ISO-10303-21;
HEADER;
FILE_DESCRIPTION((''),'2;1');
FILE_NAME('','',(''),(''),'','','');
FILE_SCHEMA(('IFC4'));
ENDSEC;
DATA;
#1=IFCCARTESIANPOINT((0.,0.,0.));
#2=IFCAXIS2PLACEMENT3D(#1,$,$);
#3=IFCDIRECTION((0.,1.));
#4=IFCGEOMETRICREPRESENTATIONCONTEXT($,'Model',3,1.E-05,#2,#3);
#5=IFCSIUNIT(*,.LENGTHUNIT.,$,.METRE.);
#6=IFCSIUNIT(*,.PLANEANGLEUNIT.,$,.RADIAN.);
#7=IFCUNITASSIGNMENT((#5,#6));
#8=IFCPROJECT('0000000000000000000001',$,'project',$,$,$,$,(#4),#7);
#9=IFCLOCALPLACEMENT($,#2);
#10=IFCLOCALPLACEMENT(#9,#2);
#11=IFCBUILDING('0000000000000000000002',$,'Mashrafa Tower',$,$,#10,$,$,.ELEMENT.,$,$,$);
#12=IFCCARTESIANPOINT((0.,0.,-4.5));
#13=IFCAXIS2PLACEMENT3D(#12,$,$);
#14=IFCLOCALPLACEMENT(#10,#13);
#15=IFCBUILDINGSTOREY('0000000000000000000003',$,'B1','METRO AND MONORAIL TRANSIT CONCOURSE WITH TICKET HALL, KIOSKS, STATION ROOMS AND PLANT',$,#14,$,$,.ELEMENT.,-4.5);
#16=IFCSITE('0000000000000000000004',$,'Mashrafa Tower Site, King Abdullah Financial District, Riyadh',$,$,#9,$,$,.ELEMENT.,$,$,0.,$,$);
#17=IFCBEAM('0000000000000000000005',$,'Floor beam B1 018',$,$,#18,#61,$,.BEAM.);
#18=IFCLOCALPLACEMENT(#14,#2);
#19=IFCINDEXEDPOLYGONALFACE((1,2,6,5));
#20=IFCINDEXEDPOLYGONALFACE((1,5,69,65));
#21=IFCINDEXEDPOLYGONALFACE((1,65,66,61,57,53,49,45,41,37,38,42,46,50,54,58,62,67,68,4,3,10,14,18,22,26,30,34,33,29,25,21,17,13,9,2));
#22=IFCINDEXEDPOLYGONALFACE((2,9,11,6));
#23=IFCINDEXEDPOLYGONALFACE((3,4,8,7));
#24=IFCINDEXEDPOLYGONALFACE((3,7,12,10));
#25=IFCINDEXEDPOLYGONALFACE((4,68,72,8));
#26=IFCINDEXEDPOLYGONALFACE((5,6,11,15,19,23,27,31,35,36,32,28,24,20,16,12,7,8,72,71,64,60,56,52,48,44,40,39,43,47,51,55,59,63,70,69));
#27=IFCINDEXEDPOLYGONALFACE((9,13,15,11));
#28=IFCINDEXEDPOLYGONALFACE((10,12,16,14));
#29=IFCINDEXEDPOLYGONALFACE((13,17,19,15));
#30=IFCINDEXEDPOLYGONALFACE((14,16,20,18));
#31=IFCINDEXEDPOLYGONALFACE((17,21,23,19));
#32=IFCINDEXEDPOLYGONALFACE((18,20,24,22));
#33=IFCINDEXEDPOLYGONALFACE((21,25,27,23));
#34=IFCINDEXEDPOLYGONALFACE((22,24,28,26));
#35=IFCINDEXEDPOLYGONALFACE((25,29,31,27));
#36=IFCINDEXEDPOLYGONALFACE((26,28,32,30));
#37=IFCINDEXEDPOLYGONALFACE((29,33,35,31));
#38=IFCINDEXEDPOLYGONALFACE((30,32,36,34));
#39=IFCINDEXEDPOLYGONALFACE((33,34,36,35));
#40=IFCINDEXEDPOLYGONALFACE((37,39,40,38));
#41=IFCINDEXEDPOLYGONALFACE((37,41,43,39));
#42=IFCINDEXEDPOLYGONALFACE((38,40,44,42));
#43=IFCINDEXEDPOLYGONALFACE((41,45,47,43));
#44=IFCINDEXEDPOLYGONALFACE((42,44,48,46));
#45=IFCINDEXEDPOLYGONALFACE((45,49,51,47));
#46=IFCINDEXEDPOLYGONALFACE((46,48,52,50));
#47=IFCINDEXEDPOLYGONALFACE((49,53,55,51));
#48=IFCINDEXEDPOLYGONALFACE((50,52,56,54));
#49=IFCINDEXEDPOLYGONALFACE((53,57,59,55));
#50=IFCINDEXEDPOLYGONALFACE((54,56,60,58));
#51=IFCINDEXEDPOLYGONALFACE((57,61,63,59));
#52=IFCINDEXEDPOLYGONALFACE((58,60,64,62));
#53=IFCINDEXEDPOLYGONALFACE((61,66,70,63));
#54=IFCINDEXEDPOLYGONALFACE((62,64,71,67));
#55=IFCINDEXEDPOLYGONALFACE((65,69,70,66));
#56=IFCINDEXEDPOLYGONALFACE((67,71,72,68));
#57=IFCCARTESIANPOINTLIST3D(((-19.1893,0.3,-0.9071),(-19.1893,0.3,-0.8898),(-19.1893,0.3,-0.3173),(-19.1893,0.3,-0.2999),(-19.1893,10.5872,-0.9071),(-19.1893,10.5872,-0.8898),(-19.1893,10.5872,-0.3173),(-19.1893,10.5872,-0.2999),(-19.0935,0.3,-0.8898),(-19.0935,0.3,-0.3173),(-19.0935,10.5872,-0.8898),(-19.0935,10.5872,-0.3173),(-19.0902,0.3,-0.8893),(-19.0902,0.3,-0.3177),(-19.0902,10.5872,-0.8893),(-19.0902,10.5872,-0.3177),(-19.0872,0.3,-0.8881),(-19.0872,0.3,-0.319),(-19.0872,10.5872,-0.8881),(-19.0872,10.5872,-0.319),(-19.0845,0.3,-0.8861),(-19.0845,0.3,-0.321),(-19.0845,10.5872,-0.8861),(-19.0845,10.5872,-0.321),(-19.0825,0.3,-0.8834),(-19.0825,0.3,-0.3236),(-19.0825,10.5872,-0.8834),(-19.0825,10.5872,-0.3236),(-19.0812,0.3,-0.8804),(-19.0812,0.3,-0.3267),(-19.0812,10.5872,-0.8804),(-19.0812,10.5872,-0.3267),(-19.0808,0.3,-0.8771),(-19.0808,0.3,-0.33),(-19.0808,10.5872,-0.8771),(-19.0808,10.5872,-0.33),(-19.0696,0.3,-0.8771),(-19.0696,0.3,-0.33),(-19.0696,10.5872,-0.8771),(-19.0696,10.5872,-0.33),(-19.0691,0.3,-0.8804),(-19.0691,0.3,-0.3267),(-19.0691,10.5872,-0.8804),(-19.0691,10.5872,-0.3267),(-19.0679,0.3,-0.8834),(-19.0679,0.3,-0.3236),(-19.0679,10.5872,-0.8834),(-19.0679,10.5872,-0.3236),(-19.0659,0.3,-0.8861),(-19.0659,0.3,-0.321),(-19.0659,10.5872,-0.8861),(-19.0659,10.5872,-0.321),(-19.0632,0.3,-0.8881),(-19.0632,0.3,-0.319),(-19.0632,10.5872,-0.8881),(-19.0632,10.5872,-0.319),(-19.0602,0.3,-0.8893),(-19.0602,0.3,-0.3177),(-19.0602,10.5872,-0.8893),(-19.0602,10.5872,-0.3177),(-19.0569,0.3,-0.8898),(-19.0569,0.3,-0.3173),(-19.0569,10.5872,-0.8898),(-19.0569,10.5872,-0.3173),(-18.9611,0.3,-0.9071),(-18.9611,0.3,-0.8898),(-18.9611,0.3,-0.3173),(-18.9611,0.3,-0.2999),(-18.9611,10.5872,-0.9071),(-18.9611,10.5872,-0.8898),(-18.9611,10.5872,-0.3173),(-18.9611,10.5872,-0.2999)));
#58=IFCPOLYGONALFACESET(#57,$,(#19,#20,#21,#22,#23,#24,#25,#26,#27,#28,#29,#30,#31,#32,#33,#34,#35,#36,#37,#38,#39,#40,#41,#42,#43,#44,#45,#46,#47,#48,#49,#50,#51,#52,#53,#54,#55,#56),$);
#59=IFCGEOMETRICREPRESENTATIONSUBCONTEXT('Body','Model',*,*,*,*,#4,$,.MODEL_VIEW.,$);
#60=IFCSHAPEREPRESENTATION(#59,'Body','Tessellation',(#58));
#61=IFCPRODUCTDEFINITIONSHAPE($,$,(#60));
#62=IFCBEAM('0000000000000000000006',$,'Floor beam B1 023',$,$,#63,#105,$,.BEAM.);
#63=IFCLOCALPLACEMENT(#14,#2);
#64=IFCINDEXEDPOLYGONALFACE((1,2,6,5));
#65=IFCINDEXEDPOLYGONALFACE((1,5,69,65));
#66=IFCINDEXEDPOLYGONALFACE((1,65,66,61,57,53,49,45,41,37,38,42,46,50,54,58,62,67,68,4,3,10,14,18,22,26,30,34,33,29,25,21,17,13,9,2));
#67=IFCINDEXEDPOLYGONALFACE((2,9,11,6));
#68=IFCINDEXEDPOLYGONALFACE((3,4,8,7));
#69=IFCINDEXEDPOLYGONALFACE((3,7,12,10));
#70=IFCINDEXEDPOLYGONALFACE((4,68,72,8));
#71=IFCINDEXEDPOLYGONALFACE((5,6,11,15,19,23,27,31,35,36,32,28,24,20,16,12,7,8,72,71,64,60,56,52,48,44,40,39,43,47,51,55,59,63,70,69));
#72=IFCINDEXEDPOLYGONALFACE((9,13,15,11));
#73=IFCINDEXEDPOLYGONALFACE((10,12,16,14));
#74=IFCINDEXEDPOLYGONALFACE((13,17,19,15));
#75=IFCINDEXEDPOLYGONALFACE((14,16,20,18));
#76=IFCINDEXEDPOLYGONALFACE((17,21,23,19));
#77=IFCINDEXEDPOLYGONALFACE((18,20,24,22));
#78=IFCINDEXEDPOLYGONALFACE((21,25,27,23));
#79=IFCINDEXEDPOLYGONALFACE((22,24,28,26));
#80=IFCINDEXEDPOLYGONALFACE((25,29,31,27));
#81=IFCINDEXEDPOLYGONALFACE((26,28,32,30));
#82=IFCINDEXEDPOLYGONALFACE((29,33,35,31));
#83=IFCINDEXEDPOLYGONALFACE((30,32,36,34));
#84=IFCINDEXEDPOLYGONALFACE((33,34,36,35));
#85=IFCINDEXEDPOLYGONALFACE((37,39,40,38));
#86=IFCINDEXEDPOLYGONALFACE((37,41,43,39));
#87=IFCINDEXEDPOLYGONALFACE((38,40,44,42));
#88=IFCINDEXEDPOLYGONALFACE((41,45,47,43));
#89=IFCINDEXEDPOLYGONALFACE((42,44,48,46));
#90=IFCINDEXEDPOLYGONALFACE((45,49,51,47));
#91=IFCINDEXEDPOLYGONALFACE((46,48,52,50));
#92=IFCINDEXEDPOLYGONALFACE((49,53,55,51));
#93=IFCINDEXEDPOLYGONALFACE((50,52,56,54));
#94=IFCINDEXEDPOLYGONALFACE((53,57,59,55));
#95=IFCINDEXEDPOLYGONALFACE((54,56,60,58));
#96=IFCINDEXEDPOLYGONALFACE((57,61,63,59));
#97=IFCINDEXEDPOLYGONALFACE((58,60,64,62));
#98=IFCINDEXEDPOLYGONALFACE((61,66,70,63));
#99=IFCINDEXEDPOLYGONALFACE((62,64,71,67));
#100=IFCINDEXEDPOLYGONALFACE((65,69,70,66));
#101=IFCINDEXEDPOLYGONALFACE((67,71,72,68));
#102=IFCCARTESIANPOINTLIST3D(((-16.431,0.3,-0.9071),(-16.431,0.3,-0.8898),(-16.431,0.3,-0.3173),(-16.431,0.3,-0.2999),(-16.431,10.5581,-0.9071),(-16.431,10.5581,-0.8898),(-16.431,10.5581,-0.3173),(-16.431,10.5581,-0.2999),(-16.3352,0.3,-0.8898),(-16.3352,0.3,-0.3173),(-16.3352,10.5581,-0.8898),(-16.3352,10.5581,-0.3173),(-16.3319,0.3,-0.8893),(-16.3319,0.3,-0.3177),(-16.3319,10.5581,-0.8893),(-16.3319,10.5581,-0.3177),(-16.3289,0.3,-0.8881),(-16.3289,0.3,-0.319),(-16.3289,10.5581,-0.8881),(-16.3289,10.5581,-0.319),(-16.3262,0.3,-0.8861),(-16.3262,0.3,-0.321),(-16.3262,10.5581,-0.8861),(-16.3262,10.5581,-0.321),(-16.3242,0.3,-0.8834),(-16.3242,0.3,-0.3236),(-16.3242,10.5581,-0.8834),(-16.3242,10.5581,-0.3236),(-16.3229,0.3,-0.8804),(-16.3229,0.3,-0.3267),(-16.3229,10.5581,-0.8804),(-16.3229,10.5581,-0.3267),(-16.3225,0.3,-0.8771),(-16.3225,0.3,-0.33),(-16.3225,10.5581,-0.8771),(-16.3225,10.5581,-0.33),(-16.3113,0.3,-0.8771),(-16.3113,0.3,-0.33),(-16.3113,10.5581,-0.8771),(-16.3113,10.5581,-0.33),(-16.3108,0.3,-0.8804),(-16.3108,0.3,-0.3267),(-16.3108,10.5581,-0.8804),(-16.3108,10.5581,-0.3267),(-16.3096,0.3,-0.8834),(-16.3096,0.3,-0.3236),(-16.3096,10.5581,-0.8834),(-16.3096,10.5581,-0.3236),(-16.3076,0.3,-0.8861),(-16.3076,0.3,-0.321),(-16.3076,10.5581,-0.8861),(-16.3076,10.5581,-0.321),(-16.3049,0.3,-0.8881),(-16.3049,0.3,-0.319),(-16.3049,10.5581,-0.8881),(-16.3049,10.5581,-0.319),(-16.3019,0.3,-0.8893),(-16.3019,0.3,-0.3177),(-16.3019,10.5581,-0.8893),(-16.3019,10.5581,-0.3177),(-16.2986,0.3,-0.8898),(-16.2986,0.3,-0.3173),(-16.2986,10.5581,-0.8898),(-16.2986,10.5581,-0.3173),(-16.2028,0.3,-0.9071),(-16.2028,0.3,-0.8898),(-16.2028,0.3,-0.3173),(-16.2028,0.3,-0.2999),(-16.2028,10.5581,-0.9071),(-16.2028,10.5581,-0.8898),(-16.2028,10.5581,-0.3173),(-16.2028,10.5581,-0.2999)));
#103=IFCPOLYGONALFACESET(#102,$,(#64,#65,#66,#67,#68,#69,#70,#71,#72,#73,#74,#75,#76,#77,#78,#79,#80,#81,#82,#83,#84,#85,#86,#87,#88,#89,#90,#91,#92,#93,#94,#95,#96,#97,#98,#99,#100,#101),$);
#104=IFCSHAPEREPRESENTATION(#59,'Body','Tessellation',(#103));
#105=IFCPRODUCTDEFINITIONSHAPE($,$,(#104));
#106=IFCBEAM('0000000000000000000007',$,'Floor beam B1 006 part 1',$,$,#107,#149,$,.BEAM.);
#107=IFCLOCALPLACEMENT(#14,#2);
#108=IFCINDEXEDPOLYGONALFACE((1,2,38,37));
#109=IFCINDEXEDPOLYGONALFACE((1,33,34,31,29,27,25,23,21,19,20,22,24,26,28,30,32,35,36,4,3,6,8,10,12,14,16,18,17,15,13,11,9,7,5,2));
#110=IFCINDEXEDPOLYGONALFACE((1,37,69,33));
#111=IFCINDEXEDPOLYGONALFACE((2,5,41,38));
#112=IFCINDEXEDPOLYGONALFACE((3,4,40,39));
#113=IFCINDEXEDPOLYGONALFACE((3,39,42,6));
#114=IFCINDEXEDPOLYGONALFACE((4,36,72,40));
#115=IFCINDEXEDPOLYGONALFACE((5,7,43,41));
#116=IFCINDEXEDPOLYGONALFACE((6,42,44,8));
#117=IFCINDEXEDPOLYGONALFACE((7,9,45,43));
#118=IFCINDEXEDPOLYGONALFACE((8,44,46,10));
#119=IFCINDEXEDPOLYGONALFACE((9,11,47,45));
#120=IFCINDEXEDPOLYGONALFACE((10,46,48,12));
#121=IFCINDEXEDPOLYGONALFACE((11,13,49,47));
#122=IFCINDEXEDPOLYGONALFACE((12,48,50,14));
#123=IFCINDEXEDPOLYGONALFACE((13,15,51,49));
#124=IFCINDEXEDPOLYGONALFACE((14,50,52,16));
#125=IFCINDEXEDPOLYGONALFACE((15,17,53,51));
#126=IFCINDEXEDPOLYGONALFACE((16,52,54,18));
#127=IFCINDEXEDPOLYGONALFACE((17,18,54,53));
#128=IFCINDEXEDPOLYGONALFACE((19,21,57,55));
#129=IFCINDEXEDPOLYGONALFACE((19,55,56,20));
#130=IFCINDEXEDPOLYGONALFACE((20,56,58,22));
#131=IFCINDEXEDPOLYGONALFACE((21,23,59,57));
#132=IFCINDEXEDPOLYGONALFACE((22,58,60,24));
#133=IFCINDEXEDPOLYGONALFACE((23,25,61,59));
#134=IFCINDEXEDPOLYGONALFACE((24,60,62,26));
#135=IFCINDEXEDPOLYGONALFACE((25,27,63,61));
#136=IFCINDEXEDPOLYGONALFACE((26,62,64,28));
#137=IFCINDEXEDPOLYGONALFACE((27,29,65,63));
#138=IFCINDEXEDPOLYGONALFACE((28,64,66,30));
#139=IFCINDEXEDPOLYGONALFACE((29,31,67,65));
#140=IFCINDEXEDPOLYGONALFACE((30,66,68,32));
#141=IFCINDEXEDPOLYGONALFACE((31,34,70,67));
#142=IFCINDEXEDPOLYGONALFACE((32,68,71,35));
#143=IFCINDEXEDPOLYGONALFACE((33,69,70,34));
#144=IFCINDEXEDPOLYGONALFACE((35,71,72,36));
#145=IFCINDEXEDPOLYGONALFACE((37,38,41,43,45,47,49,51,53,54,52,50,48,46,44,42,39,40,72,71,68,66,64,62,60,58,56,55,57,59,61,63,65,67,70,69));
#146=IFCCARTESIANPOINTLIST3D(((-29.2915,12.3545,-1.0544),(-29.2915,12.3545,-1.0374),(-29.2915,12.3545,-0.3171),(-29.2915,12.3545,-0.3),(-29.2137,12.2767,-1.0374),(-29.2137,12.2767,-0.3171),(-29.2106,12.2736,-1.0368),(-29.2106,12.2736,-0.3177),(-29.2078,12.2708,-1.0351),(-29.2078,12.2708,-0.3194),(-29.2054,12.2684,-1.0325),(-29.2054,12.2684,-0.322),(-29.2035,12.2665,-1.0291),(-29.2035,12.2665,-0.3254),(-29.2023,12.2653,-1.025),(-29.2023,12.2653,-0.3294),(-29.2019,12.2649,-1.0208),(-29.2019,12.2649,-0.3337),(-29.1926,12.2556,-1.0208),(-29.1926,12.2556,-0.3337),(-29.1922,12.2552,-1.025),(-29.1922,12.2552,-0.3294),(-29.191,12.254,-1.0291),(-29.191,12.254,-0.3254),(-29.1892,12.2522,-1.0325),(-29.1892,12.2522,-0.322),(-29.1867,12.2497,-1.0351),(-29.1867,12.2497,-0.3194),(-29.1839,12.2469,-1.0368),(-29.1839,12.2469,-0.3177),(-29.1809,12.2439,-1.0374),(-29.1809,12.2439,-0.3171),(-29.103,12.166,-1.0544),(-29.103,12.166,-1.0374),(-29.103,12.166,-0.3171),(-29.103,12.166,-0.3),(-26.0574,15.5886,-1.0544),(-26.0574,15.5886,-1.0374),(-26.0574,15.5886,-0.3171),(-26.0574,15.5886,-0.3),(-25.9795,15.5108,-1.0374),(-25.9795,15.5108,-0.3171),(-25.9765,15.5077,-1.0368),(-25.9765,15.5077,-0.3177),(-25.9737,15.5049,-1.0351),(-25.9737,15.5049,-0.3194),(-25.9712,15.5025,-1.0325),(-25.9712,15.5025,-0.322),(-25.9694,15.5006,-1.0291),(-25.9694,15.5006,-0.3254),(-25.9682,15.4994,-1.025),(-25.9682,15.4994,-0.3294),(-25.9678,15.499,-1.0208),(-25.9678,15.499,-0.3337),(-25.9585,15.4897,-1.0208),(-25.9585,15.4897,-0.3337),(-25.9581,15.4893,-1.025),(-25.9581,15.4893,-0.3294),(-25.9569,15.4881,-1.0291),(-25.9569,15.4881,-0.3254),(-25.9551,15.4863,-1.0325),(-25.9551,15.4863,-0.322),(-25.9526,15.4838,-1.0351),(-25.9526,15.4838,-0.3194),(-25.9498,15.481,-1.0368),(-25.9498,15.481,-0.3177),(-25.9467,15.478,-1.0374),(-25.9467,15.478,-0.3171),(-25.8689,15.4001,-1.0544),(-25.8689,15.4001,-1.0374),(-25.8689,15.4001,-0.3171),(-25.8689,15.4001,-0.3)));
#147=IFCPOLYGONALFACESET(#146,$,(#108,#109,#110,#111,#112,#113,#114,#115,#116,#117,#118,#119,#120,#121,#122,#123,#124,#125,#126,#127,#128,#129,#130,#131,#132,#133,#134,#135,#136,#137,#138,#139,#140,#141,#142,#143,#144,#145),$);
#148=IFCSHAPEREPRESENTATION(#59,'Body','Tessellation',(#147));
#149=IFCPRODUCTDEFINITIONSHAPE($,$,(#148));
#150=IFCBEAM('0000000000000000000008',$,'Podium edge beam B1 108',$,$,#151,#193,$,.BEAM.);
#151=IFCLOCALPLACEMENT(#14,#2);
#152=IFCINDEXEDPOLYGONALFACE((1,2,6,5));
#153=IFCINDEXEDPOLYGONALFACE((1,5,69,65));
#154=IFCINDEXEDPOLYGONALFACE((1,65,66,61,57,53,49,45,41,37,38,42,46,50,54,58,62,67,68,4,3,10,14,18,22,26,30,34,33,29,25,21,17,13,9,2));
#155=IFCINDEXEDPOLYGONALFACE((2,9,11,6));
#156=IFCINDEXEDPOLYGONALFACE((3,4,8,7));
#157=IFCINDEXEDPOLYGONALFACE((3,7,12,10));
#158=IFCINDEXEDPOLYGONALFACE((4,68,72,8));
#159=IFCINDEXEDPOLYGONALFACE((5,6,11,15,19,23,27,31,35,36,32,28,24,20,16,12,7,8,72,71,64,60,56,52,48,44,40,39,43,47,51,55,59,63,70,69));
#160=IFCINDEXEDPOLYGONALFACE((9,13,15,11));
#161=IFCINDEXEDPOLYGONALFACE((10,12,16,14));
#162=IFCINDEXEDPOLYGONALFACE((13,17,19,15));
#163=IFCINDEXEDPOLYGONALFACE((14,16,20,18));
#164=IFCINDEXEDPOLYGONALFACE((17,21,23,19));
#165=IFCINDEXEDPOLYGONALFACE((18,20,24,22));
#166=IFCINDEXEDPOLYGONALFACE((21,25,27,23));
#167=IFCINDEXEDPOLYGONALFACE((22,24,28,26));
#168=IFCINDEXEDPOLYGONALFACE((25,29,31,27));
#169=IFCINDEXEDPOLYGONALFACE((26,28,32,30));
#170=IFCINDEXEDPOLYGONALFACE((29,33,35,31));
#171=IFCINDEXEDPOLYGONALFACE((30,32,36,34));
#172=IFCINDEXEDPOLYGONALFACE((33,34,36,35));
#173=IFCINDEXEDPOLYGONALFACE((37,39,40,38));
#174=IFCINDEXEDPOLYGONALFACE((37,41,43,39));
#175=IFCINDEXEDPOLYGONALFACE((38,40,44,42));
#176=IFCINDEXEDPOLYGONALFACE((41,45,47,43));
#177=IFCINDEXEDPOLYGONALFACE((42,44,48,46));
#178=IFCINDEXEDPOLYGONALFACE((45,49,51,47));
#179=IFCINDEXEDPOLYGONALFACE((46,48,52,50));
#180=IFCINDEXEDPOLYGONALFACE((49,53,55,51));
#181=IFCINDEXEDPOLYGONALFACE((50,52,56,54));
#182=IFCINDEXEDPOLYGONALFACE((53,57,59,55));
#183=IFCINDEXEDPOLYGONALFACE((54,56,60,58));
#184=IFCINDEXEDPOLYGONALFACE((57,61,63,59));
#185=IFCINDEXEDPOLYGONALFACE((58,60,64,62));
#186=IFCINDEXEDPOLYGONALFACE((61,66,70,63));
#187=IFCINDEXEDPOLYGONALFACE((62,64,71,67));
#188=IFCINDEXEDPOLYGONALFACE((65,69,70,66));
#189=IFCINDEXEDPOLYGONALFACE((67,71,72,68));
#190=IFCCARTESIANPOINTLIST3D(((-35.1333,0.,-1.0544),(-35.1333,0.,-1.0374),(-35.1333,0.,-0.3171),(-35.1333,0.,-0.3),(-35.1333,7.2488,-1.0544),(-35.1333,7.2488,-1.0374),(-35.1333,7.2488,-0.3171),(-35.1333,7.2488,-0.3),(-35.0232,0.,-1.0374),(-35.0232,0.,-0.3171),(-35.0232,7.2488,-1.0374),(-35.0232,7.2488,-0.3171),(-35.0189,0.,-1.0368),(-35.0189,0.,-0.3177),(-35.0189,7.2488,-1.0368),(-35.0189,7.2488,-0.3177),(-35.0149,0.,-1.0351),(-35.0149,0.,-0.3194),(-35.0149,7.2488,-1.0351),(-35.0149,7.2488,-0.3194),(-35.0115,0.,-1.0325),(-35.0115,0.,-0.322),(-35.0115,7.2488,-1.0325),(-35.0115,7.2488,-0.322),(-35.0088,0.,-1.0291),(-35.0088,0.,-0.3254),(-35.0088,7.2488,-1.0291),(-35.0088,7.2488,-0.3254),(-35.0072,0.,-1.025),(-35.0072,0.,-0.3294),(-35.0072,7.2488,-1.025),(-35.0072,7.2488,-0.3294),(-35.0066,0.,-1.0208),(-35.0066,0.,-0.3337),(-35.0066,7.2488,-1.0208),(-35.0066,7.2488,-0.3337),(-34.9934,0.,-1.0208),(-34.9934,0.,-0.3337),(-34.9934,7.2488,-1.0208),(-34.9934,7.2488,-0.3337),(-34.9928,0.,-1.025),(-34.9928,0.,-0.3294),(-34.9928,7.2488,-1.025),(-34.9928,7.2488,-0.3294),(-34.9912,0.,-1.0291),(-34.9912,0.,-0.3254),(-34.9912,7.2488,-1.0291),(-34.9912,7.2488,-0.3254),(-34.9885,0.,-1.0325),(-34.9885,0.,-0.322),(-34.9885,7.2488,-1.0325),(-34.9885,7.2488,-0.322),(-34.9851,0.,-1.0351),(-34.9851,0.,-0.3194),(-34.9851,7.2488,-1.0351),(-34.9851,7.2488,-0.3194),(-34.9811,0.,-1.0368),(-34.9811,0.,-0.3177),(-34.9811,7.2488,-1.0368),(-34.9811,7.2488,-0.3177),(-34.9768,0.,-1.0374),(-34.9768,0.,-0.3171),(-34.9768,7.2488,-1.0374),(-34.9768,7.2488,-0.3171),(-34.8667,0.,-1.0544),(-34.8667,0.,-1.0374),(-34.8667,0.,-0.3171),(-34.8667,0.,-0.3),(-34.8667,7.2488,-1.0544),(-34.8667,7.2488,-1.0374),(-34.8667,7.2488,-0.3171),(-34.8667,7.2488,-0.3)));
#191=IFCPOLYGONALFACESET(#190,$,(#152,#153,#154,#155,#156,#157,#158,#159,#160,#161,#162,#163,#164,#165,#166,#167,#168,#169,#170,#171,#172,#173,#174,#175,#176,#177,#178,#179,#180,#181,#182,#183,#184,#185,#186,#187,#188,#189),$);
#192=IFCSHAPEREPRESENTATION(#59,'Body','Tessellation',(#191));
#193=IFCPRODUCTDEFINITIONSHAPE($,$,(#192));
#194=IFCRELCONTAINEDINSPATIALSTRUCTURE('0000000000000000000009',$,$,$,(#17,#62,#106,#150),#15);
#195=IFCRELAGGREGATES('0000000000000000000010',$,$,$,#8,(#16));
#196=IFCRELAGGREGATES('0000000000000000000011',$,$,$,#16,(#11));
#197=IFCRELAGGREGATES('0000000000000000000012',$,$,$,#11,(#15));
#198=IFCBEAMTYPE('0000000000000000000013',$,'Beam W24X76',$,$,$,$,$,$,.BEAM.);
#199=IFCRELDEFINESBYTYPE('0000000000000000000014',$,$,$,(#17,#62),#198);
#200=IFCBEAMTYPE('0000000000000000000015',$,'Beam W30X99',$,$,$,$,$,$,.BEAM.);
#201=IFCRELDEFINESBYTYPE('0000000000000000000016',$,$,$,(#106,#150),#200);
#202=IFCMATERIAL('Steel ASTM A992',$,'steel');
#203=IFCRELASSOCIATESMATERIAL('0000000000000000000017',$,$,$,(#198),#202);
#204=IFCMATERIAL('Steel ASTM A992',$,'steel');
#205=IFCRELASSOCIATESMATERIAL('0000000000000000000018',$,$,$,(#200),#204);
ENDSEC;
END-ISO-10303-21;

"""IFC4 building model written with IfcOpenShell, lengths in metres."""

from ifc_helpers import new_model, si_unit, direction, frame, origin, origin_2d, place, context, subcontext, project, spatial, i_section, extrude, material, material_profile, profile_set, type_object, element, save


model = new_model("IFC4")

# Units and contexts
model_context = context("Model", 3, precision=1e-05, world=origin(), true_north=direction((0.0, 1.0)))
body_context = subcontext(model_context, "Body", "Model", "MODEL_VIEW")
ifc_project = project(units=[si_unit("LENGTHUNIT", "METRE"), si_unit("PLANEANGLEUNIT", "RADIAN")], contexts=[model_context])

# Site, building, storey
site_placement = place(None, origin())
site = spatial("IfcSite", under=ifc_project, at=site_placement, Name="Mashrafa Tower Site, King Abdullah Financial District, Riyadh", CompositionType="ELEMENT", RefElevation=0.0)
building_placement = place(site_placement, origin())
building = spatial("IfcBuilding", under=site, at=building_placement, Name="Mashrafa Tower", CompositionType="ELEMENT")
storey_placement = place(building_placement, frame((0.0, 0.0, -4.5)))
storey = spatial("IfcBuildingStorey", under=building, at=storey_placement, Name="B1", Description="METRO AND MONORAIL TRANSIT CONCOURSE WITH TICKET HALL, KIOSKS, STATION ROOMS AND PLANT", CompositionType="ELEMENT", Elevation=-4.5)

# Beams
ifc_material_1 = material(Name="Steel ASTM A992", Category="steel")
ifc_material_profile_1 = material_profile(ifc_material_1, i_section(OverallWidth=0.2283, OverallDepth=0.6072, WebThickness=0.0112, FlangeThickness=0.0173, FilletRadius=0.0127, at=origin_2d()), Name="W24X76")
ifc_profile_set_1 = profile_set([ifc_material_profile_1], Name="Steel ASTM A992")
beam_type_1 = type_object("IfcBeamType", Name="Beam W24X76", PredefinedType="BEAM", material=ifc_profile_set_1)
beam_1_placement = place(storey_placement, frame((-19.0752, 0.3, -0.6035), z_axis=(0.0, 1.0, 0.0), x_axis=(-1.0, 0.0, 0.0)))
element("IfcBeam", 1, at=beam_1_placement, inside=storey, type_object=beam_type_1, Name="Floor beam B1 018", PredefinedType="BEAM", context=body_context, shape_type="SweptSolid", body=[
    extrude(i_section(OverallWidth=0.2283, OverallDepth=0.6072, WebThickness=0.0112, FlangeThickness=0.0173, FilletRadius=0.0127, at=origin_2d()), origin(), (0.0, 0.0, 1.0), 10.2871),
])
beam_2_placement = place(storey_placement, frame((-16.3169, 0.3, -0.6035), z_axis=(0.0, 1.0, 0.0), x_axis=(-1.0, 0.0, 0.0)))
element("IfcBeam", 2, at=beam_2_placement, inside=storey, type_object=beam_type_1, Name="Floor beam B1 023", PredefinedType="BEAM", context=body_context, shape_type="SweptSolid", body=[
    extrude(i_section(OverallWidth=0.2283, OverallDepth=0.6072, WebThickness=0.0112, FlangeThickness=0.0173, FilletRadius=0.0127, at=origin_2d()), origin(), (0.0, 0.0, 1.0), 10.2581),
])
ifc_material_2 = material(Name="Steel ASTM A992", Category="steel")
ifc_material_profile_2 = material_profile(ifc_material_2, i_section(OverallWidth=0.2666, OverallDepth=0.7544, WebThickness=0.0132, FlangeThickness=0.0171, FilletRadius=0.0166, at=origin_2d()), Name="W30X99")
ifc_profile_set_2 = profile_set([ifc_material_profile_2], Name="Steel ASTM A992")
beam_type_2 = type_object("IfcBeamType", Name="Beam W30X99", PredefinedType="BEAM", material=ifc_profile_set_2)
beam_3_placement = place(storey_placement, frame((-29.1973, 12.2603, -0.6772), z_axis=(0.707107, 0.707107, 0.0), x_axis=(-0.707107, 0.707107, 0.0)))
element("IfcBeam", 3, at=beam_3_placement, inside=storey, type_object=beam_type_2, Name="Floor beam B1 006 part 1", PredefinedType="BEAM", context=body_context, shape_type="SweptSolid", body=[
    extrude(i_section(OverallWidth=0.2666, OverallDepth=0.7544, WebThickness=0.0132, FlangeThickness=0.0171, FilletRadius=0.0166, at=origin_2d()), origin(), (0.0, 0.0, 1.0), 4.5737),
])
beam_4_placement = place(storey_placement, frame((-35.0, 7.2488, -0.6772), z_axis=(0.0, -1.0, 0.0), x_axis=(1.0, 0.0, 0.0)))
element("IfcBeam", 4, at=beam_4_placement, inside=storey, type_object=beam_type_2, Name="Podium edge beam B1 108", PredefinedType="BEAM", context=body_context, shape_type="SweptSolid", body=[
    extrude(i_section(OverallWidth=0.2666, OverallDepth=0.7544, WebThickness=0.0132, FlangeThickness=0.0171, FilletRadius=0.0166, at=origin_2d()), origin(), (0.0, 0.0, 1.0), 7.2488),
])

save(model, "model.ifc")
